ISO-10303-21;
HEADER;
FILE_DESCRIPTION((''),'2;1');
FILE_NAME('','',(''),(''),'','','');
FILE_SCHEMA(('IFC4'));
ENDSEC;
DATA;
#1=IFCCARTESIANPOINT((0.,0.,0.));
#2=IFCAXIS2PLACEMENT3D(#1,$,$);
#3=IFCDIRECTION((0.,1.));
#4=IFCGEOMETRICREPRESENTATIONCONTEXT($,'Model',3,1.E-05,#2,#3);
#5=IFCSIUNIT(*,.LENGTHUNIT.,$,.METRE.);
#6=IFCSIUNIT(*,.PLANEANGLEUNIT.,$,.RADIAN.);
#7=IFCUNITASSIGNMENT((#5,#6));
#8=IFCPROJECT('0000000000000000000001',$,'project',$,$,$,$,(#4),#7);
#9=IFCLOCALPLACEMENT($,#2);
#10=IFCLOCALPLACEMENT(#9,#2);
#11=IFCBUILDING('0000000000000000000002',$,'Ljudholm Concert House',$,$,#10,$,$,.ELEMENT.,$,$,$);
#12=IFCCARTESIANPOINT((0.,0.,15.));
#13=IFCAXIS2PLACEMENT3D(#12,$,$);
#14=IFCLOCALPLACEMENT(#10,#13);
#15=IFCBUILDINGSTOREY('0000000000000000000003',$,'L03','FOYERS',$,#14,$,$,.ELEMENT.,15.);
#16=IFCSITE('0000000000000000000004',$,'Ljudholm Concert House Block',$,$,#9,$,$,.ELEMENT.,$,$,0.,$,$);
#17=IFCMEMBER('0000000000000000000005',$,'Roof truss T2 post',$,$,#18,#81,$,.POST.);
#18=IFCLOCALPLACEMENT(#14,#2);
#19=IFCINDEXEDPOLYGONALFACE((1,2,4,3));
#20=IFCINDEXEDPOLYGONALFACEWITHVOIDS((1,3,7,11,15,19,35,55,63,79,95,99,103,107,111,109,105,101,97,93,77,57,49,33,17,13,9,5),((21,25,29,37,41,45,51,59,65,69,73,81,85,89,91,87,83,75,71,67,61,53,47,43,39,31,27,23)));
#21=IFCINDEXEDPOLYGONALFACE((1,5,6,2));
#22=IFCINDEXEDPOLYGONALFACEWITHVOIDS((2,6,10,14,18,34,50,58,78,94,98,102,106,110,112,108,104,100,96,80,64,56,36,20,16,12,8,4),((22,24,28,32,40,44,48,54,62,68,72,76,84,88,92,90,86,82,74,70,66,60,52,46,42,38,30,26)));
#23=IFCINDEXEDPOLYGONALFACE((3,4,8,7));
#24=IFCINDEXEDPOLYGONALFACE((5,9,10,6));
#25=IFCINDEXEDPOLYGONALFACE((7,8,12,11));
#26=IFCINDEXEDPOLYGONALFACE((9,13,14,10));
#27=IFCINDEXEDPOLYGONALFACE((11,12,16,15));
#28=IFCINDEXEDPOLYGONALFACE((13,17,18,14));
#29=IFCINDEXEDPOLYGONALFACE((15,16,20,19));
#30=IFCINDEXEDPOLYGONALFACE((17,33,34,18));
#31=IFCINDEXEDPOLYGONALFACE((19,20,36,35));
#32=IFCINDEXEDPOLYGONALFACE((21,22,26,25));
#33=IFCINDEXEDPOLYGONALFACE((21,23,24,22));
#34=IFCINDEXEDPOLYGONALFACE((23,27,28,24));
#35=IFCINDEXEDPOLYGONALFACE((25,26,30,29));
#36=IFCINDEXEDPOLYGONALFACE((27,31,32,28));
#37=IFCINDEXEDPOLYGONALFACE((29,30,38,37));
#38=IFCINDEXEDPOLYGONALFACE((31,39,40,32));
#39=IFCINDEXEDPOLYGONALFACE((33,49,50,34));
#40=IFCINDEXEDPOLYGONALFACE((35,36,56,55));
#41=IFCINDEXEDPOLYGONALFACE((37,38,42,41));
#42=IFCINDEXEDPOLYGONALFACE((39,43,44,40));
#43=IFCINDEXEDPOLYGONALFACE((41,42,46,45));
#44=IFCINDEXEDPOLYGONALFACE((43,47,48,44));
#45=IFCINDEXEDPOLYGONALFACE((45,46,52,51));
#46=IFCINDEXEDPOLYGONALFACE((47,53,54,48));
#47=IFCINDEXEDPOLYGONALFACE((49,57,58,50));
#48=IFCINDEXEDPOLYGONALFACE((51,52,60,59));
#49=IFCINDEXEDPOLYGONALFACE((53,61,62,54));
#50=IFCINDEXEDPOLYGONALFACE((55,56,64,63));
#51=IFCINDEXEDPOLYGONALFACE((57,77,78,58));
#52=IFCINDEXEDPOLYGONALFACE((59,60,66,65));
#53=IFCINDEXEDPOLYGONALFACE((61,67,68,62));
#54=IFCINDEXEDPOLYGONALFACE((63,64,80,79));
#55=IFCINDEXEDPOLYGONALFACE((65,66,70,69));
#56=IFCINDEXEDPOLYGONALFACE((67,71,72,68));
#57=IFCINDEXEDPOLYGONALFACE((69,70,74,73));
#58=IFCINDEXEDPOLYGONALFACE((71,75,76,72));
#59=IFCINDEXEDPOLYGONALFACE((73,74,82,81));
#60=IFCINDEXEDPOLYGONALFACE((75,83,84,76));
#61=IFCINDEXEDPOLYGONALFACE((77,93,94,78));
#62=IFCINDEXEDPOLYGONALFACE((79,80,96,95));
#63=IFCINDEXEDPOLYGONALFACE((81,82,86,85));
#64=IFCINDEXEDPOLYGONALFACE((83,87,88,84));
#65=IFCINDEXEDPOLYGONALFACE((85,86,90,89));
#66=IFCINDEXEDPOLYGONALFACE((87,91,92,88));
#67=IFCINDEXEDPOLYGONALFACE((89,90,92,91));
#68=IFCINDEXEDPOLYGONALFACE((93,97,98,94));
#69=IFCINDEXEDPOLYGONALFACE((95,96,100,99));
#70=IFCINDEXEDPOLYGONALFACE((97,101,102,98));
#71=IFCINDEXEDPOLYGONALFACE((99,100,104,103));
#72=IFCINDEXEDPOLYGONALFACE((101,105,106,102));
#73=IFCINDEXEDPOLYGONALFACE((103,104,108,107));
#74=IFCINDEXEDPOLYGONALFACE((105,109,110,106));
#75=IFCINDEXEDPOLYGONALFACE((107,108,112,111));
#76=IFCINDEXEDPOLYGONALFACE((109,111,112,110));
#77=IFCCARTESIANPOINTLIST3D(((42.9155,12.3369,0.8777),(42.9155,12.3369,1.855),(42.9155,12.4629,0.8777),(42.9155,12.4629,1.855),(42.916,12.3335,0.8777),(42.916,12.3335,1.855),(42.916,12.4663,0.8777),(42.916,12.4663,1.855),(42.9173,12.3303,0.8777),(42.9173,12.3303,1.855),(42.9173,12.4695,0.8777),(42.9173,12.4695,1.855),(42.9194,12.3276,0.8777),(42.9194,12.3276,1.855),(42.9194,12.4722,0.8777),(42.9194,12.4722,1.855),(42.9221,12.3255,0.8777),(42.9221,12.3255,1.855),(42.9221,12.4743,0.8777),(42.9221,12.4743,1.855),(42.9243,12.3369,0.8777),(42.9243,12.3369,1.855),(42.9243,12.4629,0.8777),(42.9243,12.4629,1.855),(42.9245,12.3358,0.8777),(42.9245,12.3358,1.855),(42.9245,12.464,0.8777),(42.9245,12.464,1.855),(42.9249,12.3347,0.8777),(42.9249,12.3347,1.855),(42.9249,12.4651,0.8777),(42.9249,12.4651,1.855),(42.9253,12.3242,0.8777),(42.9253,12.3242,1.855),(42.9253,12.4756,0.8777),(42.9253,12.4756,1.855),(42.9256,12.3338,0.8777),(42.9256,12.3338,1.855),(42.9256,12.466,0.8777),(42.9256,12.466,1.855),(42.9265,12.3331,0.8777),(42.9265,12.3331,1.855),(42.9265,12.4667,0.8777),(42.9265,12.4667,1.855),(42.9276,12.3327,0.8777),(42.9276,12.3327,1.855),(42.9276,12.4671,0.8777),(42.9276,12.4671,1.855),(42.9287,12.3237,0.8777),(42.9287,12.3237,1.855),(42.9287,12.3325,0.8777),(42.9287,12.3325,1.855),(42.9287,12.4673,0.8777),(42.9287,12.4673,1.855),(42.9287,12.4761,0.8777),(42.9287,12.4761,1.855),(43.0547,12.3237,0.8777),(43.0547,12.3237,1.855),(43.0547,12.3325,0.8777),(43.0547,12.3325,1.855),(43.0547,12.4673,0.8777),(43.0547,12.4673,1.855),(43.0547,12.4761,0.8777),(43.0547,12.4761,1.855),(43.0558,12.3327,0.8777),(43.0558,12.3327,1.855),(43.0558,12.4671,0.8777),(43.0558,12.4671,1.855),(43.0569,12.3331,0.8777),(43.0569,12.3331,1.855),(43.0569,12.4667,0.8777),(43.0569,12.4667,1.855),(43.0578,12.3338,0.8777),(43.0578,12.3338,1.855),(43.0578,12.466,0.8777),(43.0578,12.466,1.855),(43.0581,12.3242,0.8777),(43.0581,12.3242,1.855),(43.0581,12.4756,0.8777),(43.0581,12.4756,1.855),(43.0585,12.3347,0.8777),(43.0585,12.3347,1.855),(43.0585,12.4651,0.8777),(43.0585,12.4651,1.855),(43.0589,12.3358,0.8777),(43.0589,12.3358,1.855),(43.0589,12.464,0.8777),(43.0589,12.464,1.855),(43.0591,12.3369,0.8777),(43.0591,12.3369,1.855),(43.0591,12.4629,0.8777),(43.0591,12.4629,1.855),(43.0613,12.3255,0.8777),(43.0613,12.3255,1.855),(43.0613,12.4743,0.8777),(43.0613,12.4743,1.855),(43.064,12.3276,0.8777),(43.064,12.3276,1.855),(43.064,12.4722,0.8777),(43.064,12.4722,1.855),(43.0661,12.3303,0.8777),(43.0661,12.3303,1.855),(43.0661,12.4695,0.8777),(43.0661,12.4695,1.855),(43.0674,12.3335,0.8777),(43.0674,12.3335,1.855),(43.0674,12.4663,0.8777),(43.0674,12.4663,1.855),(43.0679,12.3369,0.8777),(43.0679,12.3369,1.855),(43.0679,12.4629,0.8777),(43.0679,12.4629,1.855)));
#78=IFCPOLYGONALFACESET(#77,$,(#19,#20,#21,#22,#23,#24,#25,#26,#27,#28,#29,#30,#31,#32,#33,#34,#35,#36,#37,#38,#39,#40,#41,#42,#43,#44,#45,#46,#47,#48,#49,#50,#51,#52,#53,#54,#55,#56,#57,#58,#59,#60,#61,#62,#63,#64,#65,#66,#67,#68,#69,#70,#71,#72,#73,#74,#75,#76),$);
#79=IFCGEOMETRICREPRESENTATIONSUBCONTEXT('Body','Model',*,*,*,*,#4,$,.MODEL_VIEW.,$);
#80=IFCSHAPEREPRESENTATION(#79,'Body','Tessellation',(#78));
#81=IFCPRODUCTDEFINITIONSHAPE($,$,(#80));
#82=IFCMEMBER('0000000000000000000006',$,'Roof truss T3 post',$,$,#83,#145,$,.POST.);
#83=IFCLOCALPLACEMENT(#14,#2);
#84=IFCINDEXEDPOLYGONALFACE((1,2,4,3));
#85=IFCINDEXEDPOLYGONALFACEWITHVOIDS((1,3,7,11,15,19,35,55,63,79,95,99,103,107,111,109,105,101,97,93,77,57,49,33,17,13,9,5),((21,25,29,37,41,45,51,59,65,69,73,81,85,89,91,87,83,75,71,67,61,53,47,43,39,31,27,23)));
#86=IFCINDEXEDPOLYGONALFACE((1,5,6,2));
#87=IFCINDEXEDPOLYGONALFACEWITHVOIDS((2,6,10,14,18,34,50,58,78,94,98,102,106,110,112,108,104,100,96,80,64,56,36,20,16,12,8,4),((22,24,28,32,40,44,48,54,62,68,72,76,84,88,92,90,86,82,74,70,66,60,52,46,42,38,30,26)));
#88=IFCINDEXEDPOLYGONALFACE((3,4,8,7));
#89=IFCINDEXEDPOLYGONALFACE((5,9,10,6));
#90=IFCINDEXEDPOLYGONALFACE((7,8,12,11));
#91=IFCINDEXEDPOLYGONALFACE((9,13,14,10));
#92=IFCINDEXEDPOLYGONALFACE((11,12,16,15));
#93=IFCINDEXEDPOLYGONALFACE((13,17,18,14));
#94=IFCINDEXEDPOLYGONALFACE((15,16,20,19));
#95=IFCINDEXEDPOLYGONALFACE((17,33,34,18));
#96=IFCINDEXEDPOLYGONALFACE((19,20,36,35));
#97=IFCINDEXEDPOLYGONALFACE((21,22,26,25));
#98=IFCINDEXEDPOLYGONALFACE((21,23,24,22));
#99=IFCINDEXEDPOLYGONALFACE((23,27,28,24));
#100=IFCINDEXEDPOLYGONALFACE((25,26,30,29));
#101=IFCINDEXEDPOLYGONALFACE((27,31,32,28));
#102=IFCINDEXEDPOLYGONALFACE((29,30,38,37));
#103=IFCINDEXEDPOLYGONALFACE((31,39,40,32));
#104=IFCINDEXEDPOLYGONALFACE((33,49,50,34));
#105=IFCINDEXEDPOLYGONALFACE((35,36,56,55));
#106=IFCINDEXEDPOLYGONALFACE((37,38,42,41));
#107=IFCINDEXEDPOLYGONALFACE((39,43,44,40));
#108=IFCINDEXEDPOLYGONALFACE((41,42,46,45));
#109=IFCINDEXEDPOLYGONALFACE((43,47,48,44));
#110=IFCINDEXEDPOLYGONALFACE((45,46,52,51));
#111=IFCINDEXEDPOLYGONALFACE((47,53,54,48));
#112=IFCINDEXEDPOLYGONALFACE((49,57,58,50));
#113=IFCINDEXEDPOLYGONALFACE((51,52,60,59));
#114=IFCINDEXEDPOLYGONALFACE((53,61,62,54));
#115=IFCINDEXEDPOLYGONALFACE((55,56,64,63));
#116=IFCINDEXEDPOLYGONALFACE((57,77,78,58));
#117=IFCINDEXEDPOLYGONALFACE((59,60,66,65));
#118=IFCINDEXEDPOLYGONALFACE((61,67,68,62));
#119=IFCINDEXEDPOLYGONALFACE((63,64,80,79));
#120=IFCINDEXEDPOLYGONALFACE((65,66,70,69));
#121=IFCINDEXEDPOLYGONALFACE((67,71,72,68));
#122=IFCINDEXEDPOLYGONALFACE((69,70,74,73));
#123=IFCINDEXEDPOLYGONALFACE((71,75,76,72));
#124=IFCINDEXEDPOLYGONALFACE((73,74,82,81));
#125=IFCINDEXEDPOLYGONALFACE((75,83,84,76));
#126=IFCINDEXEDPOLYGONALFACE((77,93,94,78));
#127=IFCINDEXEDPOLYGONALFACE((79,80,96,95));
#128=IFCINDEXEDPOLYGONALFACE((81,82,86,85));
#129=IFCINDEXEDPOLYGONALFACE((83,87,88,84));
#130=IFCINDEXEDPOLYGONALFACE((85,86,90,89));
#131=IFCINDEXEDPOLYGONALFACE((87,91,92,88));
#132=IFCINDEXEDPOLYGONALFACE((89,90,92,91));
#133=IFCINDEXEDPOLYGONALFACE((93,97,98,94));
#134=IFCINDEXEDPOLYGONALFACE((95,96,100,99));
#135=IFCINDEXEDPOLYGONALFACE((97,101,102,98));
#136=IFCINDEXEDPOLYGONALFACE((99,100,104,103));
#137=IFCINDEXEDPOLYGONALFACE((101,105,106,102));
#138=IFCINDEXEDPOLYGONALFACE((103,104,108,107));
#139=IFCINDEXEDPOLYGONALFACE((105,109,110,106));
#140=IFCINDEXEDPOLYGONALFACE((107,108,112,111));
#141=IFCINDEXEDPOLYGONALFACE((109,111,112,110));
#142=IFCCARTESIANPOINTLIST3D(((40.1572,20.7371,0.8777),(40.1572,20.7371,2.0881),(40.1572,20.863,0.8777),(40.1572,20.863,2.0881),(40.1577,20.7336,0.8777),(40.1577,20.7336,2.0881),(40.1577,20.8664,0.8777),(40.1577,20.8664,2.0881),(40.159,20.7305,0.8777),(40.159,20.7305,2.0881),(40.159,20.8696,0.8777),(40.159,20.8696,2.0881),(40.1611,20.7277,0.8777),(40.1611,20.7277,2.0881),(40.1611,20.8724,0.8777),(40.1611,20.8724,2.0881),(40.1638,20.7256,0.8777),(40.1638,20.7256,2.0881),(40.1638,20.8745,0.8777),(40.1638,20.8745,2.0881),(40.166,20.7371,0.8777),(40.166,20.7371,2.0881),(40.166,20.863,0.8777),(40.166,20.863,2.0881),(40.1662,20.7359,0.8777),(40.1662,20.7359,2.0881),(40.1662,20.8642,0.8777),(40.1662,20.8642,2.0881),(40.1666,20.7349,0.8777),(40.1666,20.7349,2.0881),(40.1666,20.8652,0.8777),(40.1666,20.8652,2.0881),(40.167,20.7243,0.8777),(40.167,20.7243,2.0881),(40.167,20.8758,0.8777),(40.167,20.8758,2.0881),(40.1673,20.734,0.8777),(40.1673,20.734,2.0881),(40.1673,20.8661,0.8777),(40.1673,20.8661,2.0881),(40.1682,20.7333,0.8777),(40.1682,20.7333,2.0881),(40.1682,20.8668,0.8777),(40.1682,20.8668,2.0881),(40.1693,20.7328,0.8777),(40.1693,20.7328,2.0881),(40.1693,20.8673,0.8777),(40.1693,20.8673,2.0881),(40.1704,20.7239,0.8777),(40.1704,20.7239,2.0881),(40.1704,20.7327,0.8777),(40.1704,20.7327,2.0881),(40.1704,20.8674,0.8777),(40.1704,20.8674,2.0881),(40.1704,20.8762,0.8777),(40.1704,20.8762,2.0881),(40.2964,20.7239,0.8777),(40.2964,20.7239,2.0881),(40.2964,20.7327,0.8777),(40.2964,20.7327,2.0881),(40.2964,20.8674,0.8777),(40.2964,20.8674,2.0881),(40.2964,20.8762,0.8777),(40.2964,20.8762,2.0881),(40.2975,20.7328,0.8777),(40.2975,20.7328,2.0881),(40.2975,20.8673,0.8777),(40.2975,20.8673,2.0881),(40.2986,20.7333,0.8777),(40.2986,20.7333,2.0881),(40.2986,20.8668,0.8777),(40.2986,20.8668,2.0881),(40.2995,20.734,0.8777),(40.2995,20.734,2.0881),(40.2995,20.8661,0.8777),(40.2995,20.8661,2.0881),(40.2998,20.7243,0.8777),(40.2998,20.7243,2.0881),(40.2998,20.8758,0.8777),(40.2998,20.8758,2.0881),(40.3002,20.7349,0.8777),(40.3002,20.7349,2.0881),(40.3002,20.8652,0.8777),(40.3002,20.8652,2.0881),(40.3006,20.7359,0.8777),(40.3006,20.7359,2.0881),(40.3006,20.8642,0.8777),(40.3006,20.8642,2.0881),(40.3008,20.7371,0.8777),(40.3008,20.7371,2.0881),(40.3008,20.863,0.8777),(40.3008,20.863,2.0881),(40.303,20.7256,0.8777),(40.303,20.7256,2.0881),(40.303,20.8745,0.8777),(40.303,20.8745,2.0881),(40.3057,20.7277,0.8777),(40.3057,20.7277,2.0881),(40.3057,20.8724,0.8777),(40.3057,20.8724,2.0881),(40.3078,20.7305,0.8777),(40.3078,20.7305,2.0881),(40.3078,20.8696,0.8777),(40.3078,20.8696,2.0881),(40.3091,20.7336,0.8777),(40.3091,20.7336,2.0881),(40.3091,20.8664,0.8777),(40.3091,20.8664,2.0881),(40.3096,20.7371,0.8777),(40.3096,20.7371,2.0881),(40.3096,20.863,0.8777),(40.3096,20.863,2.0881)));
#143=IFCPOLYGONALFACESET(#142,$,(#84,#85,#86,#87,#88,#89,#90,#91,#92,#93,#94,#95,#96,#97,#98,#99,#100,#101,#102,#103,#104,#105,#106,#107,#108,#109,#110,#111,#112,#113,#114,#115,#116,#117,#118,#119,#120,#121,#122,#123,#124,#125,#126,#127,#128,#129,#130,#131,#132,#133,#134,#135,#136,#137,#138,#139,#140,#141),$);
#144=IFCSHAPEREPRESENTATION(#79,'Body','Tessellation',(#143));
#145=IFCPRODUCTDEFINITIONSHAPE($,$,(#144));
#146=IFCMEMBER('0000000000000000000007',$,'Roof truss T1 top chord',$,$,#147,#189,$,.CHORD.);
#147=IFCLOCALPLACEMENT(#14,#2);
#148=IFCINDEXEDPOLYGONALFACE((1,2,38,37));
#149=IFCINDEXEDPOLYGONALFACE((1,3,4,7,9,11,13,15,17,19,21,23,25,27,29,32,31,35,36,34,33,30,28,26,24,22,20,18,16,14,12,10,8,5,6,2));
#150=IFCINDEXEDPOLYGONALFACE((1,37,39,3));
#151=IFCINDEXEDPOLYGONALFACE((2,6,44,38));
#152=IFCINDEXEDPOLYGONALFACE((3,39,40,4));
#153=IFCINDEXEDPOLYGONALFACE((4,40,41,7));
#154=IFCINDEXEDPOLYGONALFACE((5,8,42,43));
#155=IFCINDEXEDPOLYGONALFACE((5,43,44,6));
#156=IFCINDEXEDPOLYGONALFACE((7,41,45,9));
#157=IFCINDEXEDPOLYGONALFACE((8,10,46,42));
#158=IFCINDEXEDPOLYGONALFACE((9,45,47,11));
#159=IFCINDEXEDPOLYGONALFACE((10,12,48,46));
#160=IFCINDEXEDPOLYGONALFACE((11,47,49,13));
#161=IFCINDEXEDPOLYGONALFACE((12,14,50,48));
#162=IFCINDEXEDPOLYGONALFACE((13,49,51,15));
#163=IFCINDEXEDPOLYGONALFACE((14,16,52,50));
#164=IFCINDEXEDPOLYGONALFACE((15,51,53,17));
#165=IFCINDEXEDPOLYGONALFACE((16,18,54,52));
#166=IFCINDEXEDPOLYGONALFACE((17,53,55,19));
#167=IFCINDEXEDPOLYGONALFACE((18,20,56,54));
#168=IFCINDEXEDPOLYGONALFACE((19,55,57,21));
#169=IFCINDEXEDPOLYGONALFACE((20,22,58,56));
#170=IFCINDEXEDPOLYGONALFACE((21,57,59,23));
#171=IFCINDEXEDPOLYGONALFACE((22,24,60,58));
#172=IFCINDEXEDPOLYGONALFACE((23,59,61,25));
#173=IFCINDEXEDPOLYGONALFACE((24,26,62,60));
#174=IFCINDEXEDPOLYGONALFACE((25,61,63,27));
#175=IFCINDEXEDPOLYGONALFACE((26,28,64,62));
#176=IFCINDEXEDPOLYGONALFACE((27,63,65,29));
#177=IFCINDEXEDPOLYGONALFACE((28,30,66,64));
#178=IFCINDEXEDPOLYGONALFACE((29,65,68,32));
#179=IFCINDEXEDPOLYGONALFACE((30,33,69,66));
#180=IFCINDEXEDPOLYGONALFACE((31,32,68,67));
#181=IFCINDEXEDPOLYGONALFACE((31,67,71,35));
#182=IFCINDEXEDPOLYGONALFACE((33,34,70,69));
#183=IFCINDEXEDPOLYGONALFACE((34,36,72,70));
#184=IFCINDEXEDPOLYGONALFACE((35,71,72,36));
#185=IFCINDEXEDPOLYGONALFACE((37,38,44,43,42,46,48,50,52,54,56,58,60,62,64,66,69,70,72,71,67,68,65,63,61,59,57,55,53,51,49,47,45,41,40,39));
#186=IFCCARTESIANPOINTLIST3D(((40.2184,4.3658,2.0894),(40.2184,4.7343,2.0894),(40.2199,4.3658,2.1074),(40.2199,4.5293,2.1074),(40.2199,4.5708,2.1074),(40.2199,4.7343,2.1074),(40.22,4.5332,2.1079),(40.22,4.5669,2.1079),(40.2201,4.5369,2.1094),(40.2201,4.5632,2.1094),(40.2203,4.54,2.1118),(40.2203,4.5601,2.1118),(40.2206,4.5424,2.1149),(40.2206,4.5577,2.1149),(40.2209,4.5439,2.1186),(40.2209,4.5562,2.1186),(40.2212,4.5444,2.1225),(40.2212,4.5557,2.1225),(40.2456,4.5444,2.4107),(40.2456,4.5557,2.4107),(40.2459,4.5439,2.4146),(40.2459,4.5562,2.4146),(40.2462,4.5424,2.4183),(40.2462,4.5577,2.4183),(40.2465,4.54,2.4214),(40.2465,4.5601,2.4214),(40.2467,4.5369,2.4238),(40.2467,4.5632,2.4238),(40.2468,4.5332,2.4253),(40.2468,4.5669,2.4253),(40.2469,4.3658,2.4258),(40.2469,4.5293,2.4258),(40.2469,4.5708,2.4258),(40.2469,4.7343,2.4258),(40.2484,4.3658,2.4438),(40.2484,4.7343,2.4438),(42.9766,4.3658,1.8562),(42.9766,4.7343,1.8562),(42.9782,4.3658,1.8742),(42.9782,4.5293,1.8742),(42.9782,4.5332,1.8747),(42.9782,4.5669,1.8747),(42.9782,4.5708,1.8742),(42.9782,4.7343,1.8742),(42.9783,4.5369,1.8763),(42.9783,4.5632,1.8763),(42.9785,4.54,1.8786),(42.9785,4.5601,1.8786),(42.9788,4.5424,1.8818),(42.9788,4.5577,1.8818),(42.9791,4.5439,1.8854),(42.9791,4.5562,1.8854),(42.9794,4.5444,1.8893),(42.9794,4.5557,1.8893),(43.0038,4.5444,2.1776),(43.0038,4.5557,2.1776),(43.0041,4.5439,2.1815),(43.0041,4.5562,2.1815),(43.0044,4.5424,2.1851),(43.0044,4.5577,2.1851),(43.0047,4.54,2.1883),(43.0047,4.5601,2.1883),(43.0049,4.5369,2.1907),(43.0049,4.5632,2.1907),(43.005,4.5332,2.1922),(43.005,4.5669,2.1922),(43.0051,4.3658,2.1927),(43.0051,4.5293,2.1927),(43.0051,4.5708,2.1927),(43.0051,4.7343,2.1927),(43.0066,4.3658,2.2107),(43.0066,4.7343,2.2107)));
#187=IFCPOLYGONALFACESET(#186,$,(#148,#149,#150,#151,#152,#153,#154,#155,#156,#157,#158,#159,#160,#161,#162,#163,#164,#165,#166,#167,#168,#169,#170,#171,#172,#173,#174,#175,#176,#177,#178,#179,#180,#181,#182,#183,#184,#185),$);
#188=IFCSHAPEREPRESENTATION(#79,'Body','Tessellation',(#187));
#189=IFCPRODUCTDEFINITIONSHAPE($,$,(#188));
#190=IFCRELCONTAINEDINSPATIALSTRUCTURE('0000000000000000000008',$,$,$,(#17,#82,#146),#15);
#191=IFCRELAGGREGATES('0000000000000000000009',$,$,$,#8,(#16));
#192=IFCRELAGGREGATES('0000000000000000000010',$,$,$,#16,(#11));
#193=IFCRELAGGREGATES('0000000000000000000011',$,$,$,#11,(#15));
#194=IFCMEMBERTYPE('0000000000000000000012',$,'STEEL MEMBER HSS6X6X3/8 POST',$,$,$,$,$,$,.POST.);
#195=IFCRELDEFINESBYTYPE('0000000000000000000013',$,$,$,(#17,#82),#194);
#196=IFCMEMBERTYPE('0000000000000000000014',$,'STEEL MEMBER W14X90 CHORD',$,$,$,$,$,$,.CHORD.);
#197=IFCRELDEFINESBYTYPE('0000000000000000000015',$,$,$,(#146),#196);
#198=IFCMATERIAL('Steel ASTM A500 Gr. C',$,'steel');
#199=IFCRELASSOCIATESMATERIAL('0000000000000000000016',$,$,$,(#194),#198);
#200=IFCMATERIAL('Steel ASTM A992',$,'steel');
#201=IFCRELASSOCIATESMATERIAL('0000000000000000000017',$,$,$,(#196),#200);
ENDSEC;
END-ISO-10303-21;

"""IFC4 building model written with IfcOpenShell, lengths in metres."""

from ifc_helpers import new_model, si_unit, direction, frame, origin, origin_2d, place, context, subcontext, project, spatial, hollow_rectangle, i_section, extrude, material, material_profile, profile_set, type_object, element, save


model = new_model("IFC4")

# Units and contexts
model_context = context("Model", 3, precision=1e-05, world=origin(), true_north=direction((0.0, 1.0)))
body_context = subcontext(model_context, "Body", "Model", "MODEL_VIEW")
ifc_project = project(units=[si_unit("LENGTHUNIT", "METRE"), si_unit("PLANEANGLEUNIT", "RADIAN")], contexts=[model_context])

# Site, building, storey
site_placement = place(None, origin())
site = spatial("IfcSite", under=ifc_project, at=site_placement, Name="Ljudholm Concert House Block", CompositionType="ELEMENT", RefElevation=0.0)
building_placement = place(site_placement, origin())
building = spatial("IfcBuilding", under=site, at=building_placement, Name="Ljudholm Concert House", CompositionType="ELEMENT")
storey_placement = place(building_placement, frame((0.0, 0.0, 15.0)))
storey = spatial("IfcBuildingStorey", under=building, at=storey_placement, Name="L03", Description="FOYERS", CompositionType="ELEMENT", Elevation=15.0)

# Members
ifc_material_1 = material(Name="Steel ASTM A500 Gr. C", Category="steel")
ifc_material_profile_1 = material_profile(ifc_material_1, hollow_rectangle(XDim=0.1523, YDim=0.1523, WallThickness=0.0088, InnerFilletRadius=0.0044, OuterFilletRadius=0.0132, at=origin_2d()), Name="HSS6X6X3/8")
ifc_profile_set_1 = profile_set([ifc_material_profile_1], Name="Steel ASTM A500 Gr. C")
member_type_1 = type_object("IfcMemberType", Name="STEEL MEMBER HSS6X6X3/8 POST", PredefinedType="POST", material=ifc_profile_set_1)
member_1_placement = place(storey_placement, frame((42.9917, 12.3999, 0.8777), z_axis=(0.0, 0.0, 1.0), x_axis=(1.0, 0.0, 0.0)))
element("IfcMember", 1, at=member_1_placement, inside=storey, type_object=member_type_1, Name="Roof truss T2 post", PredefinedType="POST", context=body_context, shape_type="SweptSolid", body=[
    extrude(hollow_rectangle(XDim=0.1523, YDim=0.1523, WallThickness=0.0088, InnerFilletRadius=0.0044, OuterFilletRadius=0.0132, at=origin_2d()), origin(), (0.0, 0.0, 1.0), 0.9773),
])
member_2_placement = place(storey_placement, frame((40.2334, 20.8, 0.8777), z_axis=(0.0, 0.0, 1.0), x_axis=(1.0, 0.0, 0.0)))
element("IfcMember", 2, at=member_2_placement, inside=storey, type_object=member_type_1, Name="Roof truss T3 post", PredefinedType="POST", context=body_context, shape_type="SweptSolid", body=[
    extrude(hollow_rectangle(XDim=0.1523, YDim=0.1523, WallThickness=0.0088, InnerFilletRadius=0.0044, OuterFilletRadius=0.0132, at=origin_2d()), origin(), (0.0, 0.0, 1.0), 1.2104),
])
ifc_material_2 = material(Name="Steel ASTM A992", Category="steel")
ifc_material_profile_2 = material_profile(ifc_material_2, i_section(OverallWidth=0.3684, OverallDepth=0.3557, WebThickness=0.0112, FlangeThickness=0.0181, FilletRadius=0.0151, at=origin_2d()), Name="W14X90")
ifc_profile_set_2 = profile_set([ifc_material_profile_2], Name="Steel ASTM A992")
member_type_2 = type_object("IfcMemberType", Name="STEEL MEMBER W14X90 CHORD", PredefinedType="CHORD", material=ifc_profile_set_2)
for number, where, z_axis, x_axis, name in (
    (3, (40.2334, 4.55, 2.2666), (0.996447, 0.0, -0.084228), (0.0, 1.0, 0.0), "Roof truss T1 top chord"),
):
    element("IfcMember", number, at=place(storey_placement, frame(where, z_axis=z_axis, x_axis=x_axis)), inside=storey, type_object=member_type_2, Name=name, PredefinedType="CHORD", context=body_context, shape_type="SweptSolid", body=[
        extrude(i_section(OverallWidth=0.3684, OverallDepth=0.3557, WebThickness=0.0112, FlangeThickness=0.0181, FilletRadius=0.0151, at=origin_2d()), origin(), (0.0, 0.0, 1.0), 2.7681),
    ])

save(model, "model.ifc")
